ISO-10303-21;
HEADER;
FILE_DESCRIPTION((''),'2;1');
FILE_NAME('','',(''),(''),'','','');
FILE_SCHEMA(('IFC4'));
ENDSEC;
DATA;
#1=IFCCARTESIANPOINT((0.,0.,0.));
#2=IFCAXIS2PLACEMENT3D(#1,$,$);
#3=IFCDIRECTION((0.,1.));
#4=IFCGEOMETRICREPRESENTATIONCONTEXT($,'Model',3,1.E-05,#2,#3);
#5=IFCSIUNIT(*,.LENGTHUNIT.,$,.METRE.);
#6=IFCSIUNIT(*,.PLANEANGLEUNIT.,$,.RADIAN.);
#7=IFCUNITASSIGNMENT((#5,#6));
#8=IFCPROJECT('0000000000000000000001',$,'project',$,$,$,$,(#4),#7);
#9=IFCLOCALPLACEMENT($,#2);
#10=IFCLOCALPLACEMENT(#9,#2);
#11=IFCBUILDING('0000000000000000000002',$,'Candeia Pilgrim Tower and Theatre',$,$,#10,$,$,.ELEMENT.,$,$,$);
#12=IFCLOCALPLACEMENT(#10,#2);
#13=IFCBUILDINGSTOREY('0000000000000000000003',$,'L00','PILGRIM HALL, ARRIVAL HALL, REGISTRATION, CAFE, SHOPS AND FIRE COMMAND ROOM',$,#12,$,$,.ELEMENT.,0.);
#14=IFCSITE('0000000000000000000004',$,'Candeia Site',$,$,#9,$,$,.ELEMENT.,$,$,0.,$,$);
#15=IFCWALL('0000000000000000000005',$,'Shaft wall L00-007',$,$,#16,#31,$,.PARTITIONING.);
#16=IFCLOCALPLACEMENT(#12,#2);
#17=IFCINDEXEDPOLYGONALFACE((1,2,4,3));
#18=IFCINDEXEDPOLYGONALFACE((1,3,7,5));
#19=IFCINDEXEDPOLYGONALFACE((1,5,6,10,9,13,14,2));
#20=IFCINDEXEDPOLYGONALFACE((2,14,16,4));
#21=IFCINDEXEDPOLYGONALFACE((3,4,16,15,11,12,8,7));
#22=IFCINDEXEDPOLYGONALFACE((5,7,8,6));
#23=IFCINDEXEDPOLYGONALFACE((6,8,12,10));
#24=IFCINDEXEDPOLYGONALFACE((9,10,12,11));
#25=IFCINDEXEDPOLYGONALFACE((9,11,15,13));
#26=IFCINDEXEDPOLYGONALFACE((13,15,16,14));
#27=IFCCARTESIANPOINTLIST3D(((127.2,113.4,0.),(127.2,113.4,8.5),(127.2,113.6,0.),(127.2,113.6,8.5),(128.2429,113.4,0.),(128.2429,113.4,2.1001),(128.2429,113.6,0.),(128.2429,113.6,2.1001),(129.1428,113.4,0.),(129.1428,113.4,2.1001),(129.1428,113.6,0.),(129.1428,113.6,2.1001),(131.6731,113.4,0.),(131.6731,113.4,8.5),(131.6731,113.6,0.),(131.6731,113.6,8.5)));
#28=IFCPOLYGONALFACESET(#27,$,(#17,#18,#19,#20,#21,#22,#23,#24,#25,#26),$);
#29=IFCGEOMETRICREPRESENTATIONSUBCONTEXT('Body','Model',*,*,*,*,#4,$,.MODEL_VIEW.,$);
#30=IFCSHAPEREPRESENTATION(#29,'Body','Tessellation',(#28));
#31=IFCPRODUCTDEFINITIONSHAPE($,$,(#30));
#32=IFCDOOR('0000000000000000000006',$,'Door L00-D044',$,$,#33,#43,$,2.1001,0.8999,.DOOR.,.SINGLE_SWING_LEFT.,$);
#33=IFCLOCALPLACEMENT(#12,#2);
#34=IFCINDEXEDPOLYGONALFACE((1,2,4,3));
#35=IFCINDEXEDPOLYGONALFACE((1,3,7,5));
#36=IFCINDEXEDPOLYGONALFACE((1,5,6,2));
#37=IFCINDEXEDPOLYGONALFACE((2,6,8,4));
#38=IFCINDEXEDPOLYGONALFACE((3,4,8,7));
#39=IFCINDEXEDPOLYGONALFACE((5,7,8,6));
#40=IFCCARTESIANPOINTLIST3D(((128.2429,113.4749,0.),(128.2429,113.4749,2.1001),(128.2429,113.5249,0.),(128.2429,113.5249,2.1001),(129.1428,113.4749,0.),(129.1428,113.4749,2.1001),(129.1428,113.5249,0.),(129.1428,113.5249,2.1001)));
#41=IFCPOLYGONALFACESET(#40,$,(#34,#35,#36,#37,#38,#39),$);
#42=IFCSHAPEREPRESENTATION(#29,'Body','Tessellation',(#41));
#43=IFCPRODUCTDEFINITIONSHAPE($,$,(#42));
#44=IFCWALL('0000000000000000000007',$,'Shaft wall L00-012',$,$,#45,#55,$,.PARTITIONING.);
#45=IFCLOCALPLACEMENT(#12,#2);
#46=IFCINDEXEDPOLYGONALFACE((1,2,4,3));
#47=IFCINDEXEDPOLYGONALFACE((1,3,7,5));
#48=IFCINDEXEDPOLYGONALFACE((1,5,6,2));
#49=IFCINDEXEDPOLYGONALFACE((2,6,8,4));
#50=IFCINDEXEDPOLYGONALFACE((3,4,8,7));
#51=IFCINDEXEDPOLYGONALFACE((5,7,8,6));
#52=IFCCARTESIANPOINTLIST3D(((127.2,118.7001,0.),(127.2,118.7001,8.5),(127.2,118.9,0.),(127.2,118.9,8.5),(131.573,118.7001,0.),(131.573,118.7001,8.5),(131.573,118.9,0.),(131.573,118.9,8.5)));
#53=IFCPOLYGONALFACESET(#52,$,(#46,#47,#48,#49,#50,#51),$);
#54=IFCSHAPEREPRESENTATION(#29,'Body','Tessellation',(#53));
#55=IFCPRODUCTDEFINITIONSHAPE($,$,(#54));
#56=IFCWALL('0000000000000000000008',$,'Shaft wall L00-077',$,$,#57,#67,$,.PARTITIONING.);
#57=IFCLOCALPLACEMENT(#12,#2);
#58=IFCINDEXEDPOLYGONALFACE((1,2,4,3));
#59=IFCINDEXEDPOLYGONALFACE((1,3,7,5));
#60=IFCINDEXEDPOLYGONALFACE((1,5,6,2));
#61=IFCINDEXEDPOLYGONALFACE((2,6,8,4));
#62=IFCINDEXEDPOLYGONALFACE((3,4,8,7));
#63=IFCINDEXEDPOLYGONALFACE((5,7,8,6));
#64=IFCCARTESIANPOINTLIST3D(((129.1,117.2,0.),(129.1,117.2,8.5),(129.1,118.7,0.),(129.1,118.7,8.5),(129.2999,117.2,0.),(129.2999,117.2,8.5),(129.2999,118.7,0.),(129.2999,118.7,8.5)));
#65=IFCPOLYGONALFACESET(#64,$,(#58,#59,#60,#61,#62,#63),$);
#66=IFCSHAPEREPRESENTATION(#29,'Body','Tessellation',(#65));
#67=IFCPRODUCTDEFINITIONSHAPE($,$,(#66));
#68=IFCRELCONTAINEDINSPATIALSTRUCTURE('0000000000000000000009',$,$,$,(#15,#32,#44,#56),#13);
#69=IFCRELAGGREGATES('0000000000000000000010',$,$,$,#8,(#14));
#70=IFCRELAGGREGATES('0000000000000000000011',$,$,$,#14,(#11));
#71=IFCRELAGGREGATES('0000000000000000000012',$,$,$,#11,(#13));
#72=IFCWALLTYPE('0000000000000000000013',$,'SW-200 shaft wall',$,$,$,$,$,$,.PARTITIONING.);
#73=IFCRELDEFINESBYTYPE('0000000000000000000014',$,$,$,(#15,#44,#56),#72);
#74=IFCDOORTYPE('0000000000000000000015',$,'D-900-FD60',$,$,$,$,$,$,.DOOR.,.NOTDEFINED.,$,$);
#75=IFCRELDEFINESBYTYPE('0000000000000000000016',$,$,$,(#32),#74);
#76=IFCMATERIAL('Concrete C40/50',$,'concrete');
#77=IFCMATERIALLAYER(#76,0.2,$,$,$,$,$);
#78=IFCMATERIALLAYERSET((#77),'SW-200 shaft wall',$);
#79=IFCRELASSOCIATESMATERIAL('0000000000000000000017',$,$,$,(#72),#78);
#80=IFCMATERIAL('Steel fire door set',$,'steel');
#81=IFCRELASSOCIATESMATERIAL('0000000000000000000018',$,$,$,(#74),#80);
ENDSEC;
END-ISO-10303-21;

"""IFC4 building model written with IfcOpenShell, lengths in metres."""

from ifc_helpers import new_model, si_unit, direction, frame, frame_2d, origin, place, context, subcontext, project, spatial, rectangle, extrude, material, layer, layer_set, type_object, element, fill, save


model = new_model("IFC4")

# Units and contexts
model_context = context("Model", 3, precision=1e-05, world=origin(), true_north=direction((0.0, 1.0)))
body_context = subcontext(model_context, "Body", "Model", "MODEL_VIEW")
ifc_project = project(units=[si_unit("LENGTHUNIT", "METRE"), si_unit("PLANEANGLEUNIT", "RADIAN")], contexts=[model_context])

# Site, building, storey
site_placement = place(None, origin())
site = spatial("IfcSite", under=ifc_project, at=site_placement, Name="Candeia Site", CompositionType="ELEMENT", RefElevation=0.0)
building_placement = place(site_placement, origin())
building = spatial("IfcBuilding", under=site, at=building_placement, Name="Candeia Pilgrim Tower and Theatre", CompositionType="ELEMENT")
storey_placement = place(building_placement, origin())
storey = spatial("IfcBuildingStorey", under=building, at=storey_placement, Name="L00", Description="PILGRIM HALL, ARRIVAL HALL, REGISTRATION, CAFE, SHOPS AND FIRE COMMAND ROOM", CompositionType="ELEMENT", Elevation=0.0)

# Shared definitions
ifc_material_1 = material(Name="Concrete C40/50", Category="concrete")

# Shared definitions
ifc_material_2 = material(Name="Steel fire door set", Category="steel")

# Wall, opening, door
ifc_layer_1 = layer(ifc_material_1, 0.2)
ifc_layer_set_1 = layer_set([ifc_layer_1], Name="SW-200 shaft wall")
wall_type_1 = type_object("IfcWallType", Name="SW-200 shaft wall", PredefinedType="PARTITIONING", material=ifc_layer_set_1)
wall_1_placement = place(storey_placement, frame((127.2, 113.5, 0.0), z_axis=(0.0, 0.0, 1.0), x_axis=(1.0, 0.0, 0.0)))
wall_1 = element("IfcWall", 1, at=wall_1_placement, inside=storey, type_object=wall_type_1, Name="Shaft wall L00-007", PredefinedType="PARTITIONING", context=body_context, shape_type="SweptSolid", body=[
    extrude(rectangle(XDim=4.4731, YDim=0.2, at=frame_2d((2.2366, 0.0))), origin(), (0.0, 0.0, 1.0), 8.5),
])
opening_1_placement = place(wall_1_placement, frame((1.043, 0.0, 0.0)))
opening_1 = element("IfcOpeningElement", 2, at=opening_1_placement, cuts=wall_1, PredefinedType="OPENING", context=body_context, shape_type="SweptSolid", body=[
    extrude(rectangle(XDim=0.8999, YDim=2.1001, at=frame_2d((0.45, 1.05))), frame((0.0, 0.1099, 0.0), z_axis=(0.0, -1.0, 0.0), x_axis=(1.0, 0.0, 0.0)), (0.0, 0.0, 1.0), 0.22),
])
door_type_1 = type_object("IfcDoorType", Name="D-900-FD60", OperationType="NOTDEFINED", PredefinedType="DOOR", material=ifc_material_2)
door_1_placement = place(opening_1_placement, origin())
door_1 = element("IfcDoor", 3, at=door_1_placement, inside=storey, type_object=door_type_1, Name="Door L00-D044", OperationType="SINGLE_SWING_LEFT", OverallHeight=2.1001, OverallWidth=0.8999, PredefinedType="DOOR", context=body_context, shape_type="SweptSolid", body=[
    extrude(rectangle(XDim=0.8999, YDim=2.1001, at=frame_2d((0.45, 1.05))), frame((0.0, 0.0249, 0.0), z_axis=(0.0, -1.0, 0.0), x_axis=(1.0, 0.0, 0.0)), (0.0, 0.0, 1.0), 0.05),
])
fill(opening_1, door_1)

# Walls
wall_2_placement = place(storey_placement, frame((127.2, 118.8, 0.0), z_axis=(0.0, 0.0, 1.0), x_axis=(1.0, 0.0, 0.0)))
element("IfcWall", 4, at=wall_2_placement, inside=storey, type_object=wall_type_1, Name="Shaft wall L00-012", PredefinedType="PARTITIONING", context=body_context, shape_type="SweptSolid", body=[
    extrude(rectangle(XDim=4.373, YDim=0.2, at=frame_2d((2.1865, 0.0))), origin(), (0.0, 0.0, 1.0), 8.5),
])
wall_3_placement = place(storey_placement, frame((129.2, 117.2, 0.0), z_axis=(0.0, 0.0, 1.0), x_axis=(0.0, 1.0, 0.0)))
element("IfcWall", 5, at=wall_3_placement, inside=storey, type_object=wall_type_1, Name="Shaft wall L00-077", PredefinedType="PARTITIONING", context=body_context, shape_type="SweptSolid", body=[
    extrude(rectangle(XDim=1.5, YDim=0.2, at=frame_2d((0.75, 0.0))), origin(), (0.0, 0.0, 1.0), 8.5),
])

save(model, "model.ifc")
